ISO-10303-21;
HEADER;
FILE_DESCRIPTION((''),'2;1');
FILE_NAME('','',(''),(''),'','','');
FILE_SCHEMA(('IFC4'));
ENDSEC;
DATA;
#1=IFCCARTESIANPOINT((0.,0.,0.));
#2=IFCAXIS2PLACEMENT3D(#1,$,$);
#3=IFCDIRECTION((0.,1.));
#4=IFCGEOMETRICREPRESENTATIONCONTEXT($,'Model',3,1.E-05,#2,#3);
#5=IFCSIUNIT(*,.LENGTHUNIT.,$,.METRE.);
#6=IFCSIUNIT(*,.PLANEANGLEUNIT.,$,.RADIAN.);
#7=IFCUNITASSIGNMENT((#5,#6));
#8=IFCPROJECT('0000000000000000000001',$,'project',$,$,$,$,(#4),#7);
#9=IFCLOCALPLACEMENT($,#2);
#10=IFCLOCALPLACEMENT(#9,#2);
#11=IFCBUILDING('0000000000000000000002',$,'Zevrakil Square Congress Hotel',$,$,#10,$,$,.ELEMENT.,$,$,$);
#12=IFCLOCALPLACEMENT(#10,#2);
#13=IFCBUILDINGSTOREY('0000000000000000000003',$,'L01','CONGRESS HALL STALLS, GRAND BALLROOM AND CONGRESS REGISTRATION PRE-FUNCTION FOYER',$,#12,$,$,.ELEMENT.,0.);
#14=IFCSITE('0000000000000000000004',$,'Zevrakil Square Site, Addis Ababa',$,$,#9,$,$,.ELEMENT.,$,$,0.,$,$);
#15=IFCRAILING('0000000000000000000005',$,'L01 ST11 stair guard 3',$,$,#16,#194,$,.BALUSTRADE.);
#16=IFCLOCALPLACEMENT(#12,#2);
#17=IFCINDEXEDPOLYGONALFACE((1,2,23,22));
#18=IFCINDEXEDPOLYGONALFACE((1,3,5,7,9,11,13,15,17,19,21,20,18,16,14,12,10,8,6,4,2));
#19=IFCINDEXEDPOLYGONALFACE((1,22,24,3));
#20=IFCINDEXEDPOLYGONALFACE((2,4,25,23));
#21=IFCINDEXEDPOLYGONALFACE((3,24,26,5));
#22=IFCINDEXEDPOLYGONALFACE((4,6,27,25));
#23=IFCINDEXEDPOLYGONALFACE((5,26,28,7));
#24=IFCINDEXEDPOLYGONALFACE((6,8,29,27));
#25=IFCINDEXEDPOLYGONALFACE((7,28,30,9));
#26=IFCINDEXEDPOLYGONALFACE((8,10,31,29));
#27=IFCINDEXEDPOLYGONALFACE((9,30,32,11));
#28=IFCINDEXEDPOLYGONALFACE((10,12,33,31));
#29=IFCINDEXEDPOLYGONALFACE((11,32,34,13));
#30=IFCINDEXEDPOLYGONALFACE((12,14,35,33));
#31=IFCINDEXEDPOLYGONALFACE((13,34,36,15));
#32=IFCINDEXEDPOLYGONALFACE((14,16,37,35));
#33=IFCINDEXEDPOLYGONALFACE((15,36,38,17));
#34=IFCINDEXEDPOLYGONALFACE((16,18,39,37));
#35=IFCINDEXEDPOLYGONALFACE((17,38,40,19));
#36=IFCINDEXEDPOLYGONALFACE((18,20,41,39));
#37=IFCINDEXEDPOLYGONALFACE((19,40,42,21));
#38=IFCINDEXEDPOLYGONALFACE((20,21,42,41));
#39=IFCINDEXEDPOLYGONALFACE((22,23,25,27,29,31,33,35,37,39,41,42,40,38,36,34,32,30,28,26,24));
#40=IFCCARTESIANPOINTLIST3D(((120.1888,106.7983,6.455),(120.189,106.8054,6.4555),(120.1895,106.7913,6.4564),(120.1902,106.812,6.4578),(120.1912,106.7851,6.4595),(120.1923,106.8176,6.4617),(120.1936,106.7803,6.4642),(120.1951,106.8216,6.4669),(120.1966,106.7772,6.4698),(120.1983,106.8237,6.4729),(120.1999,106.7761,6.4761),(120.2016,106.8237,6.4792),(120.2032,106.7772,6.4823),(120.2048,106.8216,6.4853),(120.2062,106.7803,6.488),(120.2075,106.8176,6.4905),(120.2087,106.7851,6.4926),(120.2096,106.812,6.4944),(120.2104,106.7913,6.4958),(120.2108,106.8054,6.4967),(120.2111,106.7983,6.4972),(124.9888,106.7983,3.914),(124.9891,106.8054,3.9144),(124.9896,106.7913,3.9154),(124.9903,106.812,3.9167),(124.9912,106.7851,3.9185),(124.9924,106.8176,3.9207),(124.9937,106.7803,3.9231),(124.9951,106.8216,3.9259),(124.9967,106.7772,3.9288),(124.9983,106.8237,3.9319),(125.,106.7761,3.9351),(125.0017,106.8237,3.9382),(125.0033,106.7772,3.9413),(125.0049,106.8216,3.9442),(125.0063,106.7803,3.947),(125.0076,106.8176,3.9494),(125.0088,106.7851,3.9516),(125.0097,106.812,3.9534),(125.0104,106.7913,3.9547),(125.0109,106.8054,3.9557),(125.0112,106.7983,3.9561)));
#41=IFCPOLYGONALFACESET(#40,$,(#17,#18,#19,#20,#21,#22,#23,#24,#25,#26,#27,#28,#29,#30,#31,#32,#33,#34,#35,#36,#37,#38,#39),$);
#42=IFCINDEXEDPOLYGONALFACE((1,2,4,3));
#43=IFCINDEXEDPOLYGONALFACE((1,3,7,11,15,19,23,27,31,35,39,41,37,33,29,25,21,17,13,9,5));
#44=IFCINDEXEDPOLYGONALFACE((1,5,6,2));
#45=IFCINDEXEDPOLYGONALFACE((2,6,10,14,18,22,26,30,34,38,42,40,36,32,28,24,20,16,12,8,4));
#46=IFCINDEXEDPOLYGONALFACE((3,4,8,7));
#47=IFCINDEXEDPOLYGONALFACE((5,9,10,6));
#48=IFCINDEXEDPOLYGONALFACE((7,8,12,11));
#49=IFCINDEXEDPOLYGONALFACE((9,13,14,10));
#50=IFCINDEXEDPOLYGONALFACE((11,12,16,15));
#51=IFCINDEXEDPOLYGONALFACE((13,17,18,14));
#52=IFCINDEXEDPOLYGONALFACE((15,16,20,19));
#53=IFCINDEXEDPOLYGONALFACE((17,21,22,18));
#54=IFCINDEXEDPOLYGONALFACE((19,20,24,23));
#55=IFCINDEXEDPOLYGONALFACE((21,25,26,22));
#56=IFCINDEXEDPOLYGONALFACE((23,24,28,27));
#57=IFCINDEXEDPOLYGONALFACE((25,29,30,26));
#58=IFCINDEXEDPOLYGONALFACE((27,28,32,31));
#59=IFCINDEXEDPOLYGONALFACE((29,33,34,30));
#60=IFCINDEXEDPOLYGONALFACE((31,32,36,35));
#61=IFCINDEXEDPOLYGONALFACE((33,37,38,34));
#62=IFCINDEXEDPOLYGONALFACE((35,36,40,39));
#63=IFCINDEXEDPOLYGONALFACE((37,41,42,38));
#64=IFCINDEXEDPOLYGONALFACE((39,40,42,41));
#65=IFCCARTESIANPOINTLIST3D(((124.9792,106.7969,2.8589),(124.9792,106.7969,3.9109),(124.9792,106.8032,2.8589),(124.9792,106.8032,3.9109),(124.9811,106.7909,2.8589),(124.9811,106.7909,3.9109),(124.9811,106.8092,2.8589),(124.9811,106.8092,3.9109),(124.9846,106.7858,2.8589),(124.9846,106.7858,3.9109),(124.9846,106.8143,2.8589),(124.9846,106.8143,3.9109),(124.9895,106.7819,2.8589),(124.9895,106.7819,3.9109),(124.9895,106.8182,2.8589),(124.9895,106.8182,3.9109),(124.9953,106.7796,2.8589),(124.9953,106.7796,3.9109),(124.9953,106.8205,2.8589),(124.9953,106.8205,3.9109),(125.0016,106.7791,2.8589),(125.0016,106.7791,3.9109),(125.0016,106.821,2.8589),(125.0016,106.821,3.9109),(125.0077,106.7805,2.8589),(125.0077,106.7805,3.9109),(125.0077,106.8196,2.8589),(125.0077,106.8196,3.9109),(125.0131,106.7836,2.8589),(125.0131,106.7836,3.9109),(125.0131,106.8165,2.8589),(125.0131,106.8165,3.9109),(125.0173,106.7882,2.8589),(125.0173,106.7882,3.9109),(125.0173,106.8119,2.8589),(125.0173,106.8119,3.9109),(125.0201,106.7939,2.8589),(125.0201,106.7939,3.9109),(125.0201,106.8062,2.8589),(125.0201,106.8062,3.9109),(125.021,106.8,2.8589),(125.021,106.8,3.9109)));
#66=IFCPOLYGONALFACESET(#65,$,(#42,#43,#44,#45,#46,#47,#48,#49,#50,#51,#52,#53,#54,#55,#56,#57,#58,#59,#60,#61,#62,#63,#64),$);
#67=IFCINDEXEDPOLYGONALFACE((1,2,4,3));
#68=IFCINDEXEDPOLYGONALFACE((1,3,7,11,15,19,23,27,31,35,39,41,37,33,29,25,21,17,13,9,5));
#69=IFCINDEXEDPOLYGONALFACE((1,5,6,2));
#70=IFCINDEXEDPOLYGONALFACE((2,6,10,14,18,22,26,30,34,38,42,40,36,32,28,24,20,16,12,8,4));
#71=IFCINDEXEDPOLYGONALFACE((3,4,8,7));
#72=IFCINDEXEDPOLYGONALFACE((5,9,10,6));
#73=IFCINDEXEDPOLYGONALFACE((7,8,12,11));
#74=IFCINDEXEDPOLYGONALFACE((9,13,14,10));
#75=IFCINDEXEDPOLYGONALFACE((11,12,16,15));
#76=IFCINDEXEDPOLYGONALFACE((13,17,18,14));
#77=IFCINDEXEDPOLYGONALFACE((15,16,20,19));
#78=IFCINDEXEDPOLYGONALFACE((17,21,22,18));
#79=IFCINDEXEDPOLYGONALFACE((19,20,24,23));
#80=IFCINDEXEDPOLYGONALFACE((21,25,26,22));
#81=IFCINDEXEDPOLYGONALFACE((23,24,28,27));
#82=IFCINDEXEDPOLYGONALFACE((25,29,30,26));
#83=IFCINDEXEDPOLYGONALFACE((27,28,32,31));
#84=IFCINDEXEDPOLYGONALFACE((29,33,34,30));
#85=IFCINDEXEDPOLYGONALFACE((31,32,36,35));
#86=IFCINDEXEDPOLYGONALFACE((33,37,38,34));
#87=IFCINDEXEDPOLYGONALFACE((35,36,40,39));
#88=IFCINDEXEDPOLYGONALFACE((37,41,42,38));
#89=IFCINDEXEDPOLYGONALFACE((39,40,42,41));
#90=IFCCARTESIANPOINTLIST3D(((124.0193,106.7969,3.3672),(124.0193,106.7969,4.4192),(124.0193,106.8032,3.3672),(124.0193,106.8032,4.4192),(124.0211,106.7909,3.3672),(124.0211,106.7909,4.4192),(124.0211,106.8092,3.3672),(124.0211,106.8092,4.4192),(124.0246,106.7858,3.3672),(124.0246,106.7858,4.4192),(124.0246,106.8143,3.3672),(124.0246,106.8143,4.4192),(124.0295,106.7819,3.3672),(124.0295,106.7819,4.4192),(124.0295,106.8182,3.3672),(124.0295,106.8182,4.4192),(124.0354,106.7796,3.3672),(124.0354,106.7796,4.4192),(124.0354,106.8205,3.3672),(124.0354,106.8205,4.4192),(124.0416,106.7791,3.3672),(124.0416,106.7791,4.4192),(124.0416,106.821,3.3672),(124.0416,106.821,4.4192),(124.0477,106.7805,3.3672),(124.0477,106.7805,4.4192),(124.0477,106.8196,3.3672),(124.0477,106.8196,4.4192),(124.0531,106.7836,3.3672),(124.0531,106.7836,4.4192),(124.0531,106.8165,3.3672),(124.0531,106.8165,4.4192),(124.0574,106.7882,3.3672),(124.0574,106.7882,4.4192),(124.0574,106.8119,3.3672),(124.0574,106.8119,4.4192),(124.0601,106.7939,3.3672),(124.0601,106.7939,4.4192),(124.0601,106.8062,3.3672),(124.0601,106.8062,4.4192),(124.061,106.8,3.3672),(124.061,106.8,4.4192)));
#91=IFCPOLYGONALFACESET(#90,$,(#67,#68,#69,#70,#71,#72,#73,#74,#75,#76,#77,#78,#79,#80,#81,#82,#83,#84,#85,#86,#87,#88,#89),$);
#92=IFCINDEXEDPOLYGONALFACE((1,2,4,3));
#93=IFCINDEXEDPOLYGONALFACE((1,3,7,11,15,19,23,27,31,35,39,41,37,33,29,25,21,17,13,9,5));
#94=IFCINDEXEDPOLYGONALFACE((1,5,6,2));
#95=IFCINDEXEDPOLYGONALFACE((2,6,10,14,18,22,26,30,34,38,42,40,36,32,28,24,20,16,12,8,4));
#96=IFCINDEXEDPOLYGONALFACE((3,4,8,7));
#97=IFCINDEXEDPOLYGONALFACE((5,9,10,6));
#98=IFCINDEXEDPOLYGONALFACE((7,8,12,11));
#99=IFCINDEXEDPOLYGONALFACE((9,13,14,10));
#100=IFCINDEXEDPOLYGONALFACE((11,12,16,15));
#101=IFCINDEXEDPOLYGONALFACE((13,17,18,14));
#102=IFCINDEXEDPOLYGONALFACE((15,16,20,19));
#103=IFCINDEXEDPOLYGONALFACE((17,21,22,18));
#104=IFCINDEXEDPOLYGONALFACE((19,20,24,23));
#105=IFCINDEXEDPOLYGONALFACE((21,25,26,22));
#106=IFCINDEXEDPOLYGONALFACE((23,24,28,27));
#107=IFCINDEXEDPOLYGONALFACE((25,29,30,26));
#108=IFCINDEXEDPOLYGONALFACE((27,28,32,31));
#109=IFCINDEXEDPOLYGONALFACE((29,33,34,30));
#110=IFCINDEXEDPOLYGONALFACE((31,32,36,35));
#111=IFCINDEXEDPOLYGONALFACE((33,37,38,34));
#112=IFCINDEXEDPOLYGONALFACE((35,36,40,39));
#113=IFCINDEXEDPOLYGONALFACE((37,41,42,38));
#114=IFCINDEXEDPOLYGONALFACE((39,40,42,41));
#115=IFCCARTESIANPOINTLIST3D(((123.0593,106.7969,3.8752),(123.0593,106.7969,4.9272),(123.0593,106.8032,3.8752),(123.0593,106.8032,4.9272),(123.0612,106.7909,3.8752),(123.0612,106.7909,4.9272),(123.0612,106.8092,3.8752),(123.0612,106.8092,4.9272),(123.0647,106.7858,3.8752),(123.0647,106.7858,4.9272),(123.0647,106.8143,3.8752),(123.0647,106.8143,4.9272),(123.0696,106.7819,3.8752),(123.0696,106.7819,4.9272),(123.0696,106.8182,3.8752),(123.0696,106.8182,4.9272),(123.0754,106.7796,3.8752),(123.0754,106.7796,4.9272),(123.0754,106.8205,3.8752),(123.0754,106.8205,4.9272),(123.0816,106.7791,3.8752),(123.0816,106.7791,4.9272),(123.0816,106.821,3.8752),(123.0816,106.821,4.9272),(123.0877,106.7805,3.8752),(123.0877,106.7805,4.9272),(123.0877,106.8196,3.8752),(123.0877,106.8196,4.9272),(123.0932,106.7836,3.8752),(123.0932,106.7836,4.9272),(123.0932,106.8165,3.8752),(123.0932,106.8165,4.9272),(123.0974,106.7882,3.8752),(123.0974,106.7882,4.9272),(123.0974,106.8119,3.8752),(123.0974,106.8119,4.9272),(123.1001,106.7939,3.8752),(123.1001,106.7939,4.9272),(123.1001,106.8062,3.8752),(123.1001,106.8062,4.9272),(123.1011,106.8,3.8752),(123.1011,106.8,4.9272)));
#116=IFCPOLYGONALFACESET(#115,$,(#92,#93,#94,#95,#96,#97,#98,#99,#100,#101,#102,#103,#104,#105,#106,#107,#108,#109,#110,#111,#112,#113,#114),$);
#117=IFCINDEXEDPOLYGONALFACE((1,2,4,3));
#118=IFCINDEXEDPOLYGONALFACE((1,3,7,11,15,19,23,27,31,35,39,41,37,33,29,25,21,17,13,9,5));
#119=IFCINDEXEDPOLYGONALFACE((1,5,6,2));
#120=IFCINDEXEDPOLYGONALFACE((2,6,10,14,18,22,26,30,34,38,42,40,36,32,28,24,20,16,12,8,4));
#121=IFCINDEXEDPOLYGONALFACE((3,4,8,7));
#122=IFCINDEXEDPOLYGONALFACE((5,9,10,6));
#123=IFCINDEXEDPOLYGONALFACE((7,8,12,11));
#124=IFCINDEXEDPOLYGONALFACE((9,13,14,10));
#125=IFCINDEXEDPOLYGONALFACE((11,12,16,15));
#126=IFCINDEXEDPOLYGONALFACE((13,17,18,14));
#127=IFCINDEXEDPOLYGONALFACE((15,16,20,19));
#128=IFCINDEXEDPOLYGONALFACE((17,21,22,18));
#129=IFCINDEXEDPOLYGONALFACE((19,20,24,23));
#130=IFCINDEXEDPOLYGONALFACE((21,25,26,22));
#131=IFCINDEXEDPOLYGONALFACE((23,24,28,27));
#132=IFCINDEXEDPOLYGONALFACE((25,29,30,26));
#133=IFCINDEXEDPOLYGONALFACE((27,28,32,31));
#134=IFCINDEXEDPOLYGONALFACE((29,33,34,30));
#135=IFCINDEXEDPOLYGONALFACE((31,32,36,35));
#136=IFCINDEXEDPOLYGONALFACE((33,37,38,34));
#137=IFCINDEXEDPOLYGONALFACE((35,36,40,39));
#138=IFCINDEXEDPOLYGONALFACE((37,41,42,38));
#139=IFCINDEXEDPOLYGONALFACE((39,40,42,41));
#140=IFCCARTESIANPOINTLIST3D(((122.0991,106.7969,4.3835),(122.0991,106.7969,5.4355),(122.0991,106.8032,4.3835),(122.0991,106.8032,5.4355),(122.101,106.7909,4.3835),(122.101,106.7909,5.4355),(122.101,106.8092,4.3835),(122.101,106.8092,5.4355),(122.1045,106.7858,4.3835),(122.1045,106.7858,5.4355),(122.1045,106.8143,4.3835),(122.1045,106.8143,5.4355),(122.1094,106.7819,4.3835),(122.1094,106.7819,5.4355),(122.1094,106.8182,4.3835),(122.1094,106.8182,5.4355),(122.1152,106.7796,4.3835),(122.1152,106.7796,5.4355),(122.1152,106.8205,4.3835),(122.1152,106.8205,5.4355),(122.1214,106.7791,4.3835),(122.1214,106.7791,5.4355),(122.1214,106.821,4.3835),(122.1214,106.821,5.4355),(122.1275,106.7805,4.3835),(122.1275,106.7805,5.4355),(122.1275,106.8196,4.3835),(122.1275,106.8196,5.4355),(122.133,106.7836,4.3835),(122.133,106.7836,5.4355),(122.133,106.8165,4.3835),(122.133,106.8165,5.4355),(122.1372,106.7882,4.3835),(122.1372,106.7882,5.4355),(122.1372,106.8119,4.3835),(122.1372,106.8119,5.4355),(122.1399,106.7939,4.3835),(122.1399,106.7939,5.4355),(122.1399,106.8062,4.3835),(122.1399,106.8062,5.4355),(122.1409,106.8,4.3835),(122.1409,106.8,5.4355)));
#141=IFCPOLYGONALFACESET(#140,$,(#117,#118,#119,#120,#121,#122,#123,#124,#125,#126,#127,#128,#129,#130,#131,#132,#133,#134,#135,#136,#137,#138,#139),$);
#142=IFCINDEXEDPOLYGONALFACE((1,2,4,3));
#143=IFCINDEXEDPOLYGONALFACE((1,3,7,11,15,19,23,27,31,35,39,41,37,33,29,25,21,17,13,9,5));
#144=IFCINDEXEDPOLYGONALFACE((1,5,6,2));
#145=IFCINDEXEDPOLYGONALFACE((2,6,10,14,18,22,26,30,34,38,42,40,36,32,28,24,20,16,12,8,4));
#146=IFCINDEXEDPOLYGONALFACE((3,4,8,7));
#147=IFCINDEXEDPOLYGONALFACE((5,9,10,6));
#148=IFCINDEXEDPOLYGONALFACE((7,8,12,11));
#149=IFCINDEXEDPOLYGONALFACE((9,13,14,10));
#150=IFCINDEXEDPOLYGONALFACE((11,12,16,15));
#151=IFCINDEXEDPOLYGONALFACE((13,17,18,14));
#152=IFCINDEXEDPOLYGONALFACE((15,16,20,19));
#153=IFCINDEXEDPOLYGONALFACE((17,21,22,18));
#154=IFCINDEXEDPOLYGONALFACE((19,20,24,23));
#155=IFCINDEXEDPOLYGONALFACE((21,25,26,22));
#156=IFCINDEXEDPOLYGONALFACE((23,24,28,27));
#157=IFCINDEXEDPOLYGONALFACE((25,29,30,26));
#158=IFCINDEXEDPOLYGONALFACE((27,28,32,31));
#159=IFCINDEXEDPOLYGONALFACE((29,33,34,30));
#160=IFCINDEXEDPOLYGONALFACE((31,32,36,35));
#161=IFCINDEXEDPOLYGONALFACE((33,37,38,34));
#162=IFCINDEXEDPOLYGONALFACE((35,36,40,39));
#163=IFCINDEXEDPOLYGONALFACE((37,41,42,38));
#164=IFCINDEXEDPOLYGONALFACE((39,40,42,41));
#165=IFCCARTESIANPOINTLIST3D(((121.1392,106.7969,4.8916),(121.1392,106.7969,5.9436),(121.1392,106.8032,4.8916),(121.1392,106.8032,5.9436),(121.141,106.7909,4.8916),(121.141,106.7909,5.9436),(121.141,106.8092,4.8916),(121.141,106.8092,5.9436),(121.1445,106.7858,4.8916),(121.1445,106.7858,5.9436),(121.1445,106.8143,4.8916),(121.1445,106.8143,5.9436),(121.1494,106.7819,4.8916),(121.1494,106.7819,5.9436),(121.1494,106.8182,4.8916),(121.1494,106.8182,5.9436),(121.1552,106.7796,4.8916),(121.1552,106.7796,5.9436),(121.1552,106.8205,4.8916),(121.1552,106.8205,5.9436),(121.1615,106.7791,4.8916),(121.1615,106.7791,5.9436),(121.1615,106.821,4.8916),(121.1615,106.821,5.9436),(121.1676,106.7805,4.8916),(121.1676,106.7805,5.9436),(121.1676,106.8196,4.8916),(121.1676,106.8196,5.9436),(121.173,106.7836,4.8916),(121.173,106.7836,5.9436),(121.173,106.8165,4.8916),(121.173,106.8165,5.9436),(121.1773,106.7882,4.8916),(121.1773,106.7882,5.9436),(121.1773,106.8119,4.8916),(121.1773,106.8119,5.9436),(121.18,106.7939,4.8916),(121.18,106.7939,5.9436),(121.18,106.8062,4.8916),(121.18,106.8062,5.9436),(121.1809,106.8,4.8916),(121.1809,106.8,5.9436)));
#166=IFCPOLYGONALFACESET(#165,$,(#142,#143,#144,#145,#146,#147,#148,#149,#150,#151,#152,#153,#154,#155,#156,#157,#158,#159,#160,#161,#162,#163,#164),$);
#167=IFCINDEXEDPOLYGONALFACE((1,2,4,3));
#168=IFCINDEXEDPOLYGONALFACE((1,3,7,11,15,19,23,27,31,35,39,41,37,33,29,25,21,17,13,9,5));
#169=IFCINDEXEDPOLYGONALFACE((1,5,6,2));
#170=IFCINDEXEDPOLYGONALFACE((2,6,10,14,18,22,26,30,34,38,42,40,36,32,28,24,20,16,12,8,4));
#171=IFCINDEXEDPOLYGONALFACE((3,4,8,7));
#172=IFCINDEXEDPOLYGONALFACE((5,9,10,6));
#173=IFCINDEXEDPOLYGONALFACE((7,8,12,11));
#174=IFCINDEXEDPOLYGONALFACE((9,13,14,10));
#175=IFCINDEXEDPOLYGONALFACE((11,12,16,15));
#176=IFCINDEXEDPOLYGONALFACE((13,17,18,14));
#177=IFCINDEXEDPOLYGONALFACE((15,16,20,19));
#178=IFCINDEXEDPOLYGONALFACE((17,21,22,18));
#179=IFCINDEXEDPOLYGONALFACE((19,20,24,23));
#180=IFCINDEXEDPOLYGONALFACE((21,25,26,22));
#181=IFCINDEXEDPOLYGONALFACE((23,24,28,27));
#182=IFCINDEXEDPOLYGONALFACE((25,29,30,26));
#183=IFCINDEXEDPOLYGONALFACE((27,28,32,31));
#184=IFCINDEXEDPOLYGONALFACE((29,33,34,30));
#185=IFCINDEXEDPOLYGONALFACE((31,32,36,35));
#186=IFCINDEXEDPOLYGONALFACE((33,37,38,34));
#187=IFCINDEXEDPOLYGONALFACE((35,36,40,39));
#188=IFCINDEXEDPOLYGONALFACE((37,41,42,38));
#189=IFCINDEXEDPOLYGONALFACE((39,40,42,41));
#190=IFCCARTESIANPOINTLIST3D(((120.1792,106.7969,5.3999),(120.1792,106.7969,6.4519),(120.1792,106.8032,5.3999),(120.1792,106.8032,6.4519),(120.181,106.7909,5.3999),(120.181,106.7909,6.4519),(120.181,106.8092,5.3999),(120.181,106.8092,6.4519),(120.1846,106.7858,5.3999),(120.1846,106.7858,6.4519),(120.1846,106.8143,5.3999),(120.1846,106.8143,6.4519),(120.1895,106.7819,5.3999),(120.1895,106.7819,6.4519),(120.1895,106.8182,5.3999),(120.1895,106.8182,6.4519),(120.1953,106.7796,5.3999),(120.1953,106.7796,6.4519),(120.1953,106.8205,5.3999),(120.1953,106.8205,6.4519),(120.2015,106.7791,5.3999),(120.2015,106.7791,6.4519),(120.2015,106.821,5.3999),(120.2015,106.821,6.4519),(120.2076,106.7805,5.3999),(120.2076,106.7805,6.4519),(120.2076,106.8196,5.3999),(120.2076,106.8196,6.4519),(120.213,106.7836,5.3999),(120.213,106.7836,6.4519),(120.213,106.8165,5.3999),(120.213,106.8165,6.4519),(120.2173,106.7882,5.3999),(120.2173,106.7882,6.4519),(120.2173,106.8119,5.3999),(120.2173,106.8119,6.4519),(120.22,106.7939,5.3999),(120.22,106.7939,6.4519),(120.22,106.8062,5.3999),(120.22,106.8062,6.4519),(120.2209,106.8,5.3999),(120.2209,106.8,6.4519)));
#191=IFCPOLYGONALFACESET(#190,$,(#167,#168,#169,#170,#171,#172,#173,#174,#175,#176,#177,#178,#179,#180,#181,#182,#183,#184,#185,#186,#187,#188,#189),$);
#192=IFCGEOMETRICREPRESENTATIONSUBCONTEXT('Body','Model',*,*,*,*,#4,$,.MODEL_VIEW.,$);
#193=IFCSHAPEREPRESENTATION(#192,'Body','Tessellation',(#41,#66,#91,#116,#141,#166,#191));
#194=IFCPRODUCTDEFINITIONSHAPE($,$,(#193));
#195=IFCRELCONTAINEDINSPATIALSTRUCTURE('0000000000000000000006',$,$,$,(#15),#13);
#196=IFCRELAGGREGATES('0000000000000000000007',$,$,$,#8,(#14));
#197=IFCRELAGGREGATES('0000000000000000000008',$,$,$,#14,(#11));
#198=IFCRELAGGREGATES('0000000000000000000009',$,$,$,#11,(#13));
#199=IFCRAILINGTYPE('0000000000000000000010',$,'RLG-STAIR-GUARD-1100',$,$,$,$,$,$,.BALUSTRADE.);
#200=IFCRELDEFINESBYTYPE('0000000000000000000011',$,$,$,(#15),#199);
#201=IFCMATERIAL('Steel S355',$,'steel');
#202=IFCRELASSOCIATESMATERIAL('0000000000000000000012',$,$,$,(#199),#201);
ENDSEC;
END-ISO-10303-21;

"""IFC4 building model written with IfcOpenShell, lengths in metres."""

from ifc_helpers import new_model, si_unit, direction, frame, origin, origin_2d, place, context, subcontext, project, spatial, circle, extrude, material, type_object, element, save


model = new_model("IFC4")

# Units and contexts
model_context = context("Model", 3, precision=1e-05, world=origin(), true_north=direction((0.0, 1.0)))
body_context = subcontext(model_context, "Body", "Model", "MODEL_VIEW")
ifc_project = project(units=[si_unit("LENGTHUNIT", "METRE"), si_unit("PLANEANGLEUNIT", "RADIAN")], contexts=[model_context])

# Site, building, storey
site_placement = place(None, origin())
site = spatial("IfcSite", under=ifc_project, at=site_placement, Name="Zevrakil Square Site, Addis Ababa", CompositionType="ELEMENT", RefElevation=0.0)
building_placement = place(site_placement, origin())
building = spatial("IfcBuilding", under=site, at=building_placement, Name="Zevrakil Square Congress Hotel", CompositionType="ELEMENT")
storey_placement = place(building_placement, origin())
storey = spatial("IfcBuildingStorey", under=building, at=storey_placement, Name="L01", Description="CONGRESS HALL STALLS, GRAND BALLROOM AND CONGRESS REGISTRATION PRE-FUNCTION FOYER", CompositionType="ELEMENT", Elevation=0.0)

# Railing
ifc_material_1 = material(Name="Steel S355", Category="steel")
railing_type_1 = type_object("IfcRailingType", Name="RLG-STAIR-GUARD-1100", PredefinedType="BALUSTRADE", material=ifc_material_1)
railing_1_placement = place(storey_placement, frame((125.0, 106.8, 2.8589)))
element("IfcRailing", 1, at=railing_1_placement, inside=storey, type_object=railing_type_1, Name="L01 ST11 stair guard 3", PredefinedType="BALUSTRADE", context=body_context, shape_type="SweptSolid", body=[
    extrude(circle(Radius=0.0239, at=origin_2d()), frame((0.0, 0.0, 1.0762), z_axis=(-0.883802, 0.0, 0.467861), x_axis=(0.0, -1.0, 0.0)), (0.0, 0.0, 1.0), 5.4312),
    extrude(circle(Radius=0.021, at=origin_2d()), origin(), (0.0, 0.0, 1.0), 1.052),
    extrude(circle(Radius=0.021, at=origin_2d()), frame((-0.96, 0.0, 0.5083)), (0.0, 0.0, 1.0), 1.052),
    extrude(circle(Radius=0.021, at=origin_2d()), frame((-1.9199, 0.0, 1.0164)), (0.0, 0.0, 1.0), 1.052),
    extrude(circle(Radius=0.021, at=origin_2d()), frame((-2.8801, 0.0, 1.5247)), (0.0, 0.0, 1.0), 1.052),
    extrude(circle(Radius=0.021, at=origin_2d()), frame((-3.8401, 0.0, 2.0327)), (0.0, 0.0, 1.0), 1.052),
    extrude(circle(Radius=0.021, at=origin_2d()), frame((-4.8, 0.0, 2.541)), (0.0, 0.0, 1.0), 1.052),
])

save(model, "model.ifc")
